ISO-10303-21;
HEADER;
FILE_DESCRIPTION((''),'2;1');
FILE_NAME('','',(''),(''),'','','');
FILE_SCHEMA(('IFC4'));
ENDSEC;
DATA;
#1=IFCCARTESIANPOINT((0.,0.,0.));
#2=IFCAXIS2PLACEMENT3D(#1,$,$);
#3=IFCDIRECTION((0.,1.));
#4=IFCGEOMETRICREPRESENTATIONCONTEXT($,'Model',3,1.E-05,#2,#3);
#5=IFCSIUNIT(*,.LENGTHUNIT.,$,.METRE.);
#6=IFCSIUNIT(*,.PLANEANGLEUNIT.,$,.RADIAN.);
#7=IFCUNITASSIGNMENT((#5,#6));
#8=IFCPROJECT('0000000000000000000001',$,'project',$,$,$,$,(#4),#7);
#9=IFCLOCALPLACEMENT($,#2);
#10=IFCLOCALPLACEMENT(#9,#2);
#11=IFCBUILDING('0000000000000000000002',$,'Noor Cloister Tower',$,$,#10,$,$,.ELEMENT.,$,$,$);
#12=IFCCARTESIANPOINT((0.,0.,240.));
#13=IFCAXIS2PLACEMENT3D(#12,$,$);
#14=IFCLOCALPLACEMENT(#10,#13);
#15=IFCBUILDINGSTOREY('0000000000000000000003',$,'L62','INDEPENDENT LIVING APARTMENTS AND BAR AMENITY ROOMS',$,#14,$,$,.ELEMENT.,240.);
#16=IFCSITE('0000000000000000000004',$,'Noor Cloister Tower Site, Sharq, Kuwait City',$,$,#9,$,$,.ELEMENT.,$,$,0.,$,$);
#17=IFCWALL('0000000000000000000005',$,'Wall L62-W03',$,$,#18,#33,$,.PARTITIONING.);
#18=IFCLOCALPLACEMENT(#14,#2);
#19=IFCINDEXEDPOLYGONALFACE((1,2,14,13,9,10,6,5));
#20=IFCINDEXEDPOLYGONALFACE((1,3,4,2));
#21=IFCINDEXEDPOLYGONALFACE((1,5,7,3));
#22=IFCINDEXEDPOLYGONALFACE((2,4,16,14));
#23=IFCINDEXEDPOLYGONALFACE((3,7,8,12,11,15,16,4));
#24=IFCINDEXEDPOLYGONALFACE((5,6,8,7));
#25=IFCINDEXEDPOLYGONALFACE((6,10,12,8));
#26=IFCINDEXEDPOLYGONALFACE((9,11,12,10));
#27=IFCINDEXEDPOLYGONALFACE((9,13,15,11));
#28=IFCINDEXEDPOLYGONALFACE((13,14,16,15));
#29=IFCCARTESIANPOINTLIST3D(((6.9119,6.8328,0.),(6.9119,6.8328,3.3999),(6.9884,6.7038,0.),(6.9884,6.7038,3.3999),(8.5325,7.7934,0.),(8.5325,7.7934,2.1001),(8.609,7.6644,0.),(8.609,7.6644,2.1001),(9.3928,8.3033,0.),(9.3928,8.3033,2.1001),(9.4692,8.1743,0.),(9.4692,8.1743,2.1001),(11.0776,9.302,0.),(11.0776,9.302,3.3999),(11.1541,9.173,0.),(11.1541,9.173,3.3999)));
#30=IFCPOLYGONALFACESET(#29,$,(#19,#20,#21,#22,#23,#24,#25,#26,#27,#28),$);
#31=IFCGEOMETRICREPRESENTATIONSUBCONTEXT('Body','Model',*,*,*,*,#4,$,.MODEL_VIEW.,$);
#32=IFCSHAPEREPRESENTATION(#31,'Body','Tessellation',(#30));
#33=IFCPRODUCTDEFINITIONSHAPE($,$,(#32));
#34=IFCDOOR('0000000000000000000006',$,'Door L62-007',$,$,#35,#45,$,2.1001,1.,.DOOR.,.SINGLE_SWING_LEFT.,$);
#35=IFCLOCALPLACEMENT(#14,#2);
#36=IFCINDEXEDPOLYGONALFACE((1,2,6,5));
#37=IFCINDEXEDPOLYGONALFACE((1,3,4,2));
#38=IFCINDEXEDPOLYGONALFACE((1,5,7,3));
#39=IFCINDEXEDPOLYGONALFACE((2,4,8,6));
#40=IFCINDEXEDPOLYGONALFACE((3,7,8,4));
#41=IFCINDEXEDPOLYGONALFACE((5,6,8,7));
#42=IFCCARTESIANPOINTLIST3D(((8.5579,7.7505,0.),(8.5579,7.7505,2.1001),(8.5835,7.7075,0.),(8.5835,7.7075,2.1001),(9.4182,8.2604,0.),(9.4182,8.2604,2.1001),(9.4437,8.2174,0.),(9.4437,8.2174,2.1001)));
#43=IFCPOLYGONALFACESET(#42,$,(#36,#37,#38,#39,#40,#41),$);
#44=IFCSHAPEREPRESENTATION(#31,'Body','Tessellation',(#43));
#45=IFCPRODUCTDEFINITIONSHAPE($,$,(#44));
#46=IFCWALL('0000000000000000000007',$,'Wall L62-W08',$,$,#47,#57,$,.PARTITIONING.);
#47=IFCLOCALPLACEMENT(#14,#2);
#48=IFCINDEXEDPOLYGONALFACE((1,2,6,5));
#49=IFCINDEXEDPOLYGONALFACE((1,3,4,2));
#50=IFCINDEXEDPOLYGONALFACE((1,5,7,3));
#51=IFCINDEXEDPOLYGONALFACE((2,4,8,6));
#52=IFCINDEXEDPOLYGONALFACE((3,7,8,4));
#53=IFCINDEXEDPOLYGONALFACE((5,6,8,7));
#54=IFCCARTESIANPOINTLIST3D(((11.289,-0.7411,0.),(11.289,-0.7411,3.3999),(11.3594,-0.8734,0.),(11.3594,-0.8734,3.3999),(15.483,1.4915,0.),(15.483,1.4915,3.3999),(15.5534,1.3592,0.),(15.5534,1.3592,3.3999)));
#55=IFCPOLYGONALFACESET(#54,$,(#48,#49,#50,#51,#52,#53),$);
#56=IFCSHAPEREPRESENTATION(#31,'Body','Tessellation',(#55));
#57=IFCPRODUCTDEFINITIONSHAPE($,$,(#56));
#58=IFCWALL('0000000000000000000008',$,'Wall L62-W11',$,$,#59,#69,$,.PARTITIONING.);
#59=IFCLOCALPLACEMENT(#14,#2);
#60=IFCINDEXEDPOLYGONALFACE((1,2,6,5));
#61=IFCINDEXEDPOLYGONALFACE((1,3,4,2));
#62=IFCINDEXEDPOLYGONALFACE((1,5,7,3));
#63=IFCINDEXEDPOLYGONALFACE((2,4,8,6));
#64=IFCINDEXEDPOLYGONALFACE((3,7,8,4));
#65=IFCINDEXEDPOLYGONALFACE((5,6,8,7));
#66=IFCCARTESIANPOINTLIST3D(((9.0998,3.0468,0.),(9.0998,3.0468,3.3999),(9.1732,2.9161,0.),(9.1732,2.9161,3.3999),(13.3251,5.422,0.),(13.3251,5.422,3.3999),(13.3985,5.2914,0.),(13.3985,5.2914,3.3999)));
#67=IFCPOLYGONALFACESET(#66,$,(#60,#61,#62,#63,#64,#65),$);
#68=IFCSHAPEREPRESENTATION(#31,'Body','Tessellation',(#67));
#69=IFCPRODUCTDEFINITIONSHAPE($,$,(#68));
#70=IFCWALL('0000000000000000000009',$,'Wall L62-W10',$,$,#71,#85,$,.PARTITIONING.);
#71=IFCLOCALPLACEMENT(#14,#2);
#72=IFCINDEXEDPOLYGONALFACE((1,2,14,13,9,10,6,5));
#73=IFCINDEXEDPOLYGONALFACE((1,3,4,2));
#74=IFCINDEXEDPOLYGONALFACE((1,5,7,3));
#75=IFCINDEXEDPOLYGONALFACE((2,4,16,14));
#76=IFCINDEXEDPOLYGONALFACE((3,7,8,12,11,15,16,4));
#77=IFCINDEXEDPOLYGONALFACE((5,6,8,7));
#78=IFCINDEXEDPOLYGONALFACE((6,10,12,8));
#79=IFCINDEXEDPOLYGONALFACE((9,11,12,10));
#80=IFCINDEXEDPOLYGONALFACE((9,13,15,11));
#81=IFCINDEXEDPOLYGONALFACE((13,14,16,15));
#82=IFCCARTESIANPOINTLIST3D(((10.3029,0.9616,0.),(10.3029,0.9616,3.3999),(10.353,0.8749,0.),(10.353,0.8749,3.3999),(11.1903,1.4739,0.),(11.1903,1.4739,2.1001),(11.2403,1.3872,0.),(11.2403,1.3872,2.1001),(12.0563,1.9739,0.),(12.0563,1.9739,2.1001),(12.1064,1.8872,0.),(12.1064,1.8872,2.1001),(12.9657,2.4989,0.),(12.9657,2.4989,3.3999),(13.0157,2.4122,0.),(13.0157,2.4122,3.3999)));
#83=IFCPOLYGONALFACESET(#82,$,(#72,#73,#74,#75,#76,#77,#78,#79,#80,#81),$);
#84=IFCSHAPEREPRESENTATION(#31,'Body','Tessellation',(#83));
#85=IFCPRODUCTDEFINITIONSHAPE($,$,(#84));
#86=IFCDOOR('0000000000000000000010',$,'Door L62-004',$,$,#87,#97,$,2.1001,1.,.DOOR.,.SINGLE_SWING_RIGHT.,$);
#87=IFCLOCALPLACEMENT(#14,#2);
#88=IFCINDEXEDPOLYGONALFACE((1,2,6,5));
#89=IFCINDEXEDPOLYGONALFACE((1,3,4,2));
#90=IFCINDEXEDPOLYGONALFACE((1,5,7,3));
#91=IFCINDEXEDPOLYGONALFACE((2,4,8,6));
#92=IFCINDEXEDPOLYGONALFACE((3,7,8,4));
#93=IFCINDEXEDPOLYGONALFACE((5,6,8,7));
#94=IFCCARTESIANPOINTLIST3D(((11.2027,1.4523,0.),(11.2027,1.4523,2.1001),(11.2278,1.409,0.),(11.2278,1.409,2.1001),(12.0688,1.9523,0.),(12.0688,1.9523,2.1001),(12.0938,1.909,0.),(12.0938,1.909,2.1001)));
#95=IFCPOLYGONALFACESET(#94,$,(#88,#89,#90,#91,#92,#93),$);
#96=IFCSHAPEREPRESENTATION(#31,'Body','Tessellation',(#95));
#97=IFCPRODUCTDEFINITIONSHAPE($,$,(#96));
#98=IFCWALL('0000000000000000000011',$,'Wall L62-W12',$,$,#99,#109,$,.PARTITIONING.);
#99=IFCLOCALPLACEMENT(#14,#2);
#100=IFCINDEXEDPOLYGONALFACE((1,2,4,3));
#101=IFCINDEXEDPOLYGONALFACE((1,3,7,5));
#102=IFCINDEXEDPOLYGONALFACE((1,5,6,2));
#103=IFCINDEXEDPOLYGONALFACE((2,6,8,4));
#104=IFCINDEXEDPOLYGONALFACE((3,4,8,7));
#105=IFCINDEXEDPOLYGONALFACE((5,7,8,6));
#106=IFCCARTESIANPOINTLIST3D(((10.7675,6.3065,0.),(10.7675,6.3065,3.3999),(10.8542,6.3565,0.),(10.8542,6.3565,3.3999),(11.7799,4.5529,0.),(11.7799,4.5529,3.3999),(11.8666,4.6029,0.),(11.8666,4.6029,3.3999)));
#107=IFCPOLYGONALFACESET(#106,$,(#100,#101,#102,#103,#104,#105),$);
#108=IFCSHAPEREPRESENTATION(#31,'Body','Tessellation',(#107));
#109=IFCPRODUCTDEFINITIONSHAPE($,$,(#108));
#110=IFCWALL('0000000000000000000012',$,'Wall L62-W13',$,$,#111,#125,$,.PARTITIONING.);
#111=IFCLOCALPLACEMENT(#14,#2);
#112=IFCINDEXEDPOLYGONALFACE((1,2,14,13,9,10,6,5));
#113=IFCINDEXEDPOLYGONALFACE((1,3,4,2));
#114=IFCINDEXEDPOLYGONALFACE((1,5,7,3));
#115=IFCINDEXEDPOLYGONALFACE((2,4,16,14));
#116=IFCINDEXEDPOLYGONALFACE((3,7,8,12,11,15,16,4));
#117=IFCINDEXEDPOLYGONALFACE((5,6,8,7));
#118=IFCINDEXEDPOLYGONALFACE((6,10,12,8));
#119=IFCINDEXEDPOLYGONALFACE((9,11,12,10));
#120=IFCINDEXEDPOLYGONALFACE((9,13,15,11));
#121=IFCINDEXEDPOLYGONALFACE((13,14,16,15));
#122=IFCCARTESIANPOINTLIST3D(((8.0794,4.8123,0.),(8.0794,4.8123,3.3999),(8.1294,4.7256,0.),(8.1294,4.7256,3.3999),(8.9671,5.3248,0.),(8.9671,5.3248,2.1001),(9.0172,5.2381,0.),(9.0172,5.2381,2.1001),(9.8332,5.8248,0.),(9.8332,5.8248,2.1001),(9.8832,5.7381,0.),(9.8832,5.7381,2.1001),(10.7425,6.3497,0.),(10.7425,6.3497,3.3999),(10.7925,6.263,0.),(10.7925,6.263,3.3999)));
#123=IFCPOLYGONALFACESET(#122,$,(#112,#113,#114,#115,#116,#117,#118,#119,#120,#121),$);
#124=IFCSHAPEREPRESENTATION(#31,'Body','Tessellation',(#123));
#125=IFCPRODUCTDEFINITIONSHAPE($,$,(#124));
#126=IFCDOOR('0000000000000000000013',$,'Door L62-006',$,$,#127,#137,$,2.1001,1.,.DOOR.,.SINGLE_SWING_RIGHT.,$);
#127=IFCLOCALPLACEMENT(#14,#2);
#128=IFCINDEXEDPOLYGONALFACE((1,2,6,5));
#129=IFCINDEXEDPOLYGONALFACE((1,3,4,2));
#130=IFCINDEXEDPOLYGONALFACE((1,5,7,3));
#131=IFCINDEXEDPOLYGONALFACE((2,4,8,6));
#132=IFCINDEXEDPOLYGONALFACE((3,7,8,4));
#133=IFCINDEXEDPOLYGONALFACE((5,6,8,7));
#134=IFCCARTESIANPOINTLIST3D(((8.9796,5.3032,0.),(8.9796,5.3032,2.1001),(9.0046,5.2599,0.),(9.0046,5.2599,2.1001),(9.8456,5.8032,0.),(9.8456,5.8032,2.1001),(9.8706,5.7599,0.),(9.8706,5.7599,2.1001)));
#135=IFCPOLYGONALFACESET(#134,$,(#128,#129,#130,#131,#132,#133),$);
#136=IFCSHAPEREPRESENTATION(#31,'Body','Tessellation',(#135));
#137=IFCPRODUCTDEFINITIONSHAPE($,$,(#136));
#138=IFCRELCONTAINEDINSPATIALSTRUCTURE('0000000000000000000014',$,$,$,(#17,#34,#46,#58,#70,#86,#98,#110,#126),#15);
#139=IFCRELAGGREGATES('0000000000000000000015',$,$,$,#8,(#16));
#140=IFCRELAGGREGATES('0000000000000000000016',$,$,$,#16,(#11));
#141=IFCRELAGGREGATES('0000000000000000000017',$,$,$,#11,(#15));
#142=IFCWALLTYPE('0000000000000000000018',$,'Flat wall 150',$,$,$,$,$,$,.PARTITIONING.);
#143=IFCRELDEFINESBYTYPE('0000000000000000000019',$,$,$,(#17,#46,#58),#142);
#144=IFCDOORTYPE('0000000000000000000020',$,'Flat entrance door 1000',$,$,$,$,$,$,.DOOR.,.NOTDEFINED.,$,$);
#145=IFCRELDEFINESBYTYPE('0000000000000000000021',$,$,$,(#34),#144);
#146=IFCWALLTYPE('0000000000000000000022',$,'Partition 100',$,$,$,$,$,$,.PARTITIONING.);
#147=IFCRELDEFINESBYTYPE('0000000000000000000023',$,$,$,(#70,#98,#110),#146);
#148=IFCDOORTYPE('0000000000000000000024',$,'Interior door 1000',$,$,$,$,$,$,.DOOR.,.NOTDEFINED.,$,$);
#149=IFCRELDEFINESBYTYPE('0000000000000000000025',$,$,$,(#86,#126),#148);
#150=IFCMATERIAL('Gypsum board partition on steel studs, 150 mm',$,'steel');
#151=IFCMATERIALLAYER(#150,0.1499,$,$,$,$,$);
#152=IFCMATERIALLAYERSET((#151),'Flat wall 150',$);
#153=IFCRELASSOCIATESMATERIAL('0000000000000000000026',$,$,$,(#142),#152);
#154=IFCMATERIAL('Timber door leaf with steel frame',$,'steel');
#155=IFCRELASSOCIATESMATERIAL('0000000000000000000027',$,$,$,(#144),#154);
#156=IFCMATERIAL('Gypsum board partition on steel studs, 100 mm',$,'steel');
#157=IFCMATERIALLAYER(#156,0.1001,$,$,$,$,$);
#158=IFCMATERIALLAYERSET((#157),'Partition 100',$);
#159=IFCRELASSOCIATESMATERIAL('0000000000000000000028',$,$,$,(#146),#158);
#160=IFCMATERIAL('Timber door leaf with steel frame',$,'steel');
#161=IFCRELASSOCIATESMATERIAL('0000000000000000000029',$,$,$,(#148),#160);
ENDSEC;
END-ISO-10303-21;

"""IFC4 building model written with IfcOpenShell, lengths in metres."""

from ifc_helpers import new_model, si_unit, direction, frame, frame_2d, origin, place, context, subcontext, project, spatial, rectangle, extrude, material, layer, layer_set, type_object, element, fill, save


model = new_model("IFC4")

# Units and contexts
model_context = context("Model", 3, precision=1e-05, world=origin(), true_north=direction((0.0, 1.0)))
body_context = subcontext(model_context, "Body", "Model", "MODEL_VIEW")
ifc_project = project(units=[si_unit("LENGTHUNIT", "METRE"), si_unit("PLANEANGLEUNIT", "RADIAN")], contexts=[model_context])

# Site, building, storey
site_placement = place(None, origin())
site = spatial("IfcSite", under=ifc_project, at=site_placement, Name="Noor Cloister Tower Site, Sharq, Kuwait City", CompositionType="ELEMENT", RefElevation=0.0)
building_placement = place(site_placement, origin())
building = spatial("IfcBuilding", under=site, at=building_placement, Name="Noor Cloister Tower", CompositionType="ELEMENT")
storey_placement = place(building_placement, frame((0.0, 0.0, 240.0)))
storey = spatial("IfcBuildingStorey", under=building, at=storey_placement, Name="L62", Description="INDEPENDENT LIVING APARTMENTS AND BAR AMENITY ROOMS", CompositionType="ELEMENT", Elevation=240.0)

# Wall, opening, door
ifc_material_1 = material(Name="Gypsum board partition on steel studs, 150 mm", Category="steel")
ifc_layer_1 = layer(ifc_material_1, 0.1499)
ifc_layer_set_1 = layer_set([ifc_layer_1], Name="Flat wall 150")
wall_type_1 = type_object("IfcWallType", Name="Flat wall 150", PredefinedType="PARTITIONING", material=ifc_layer_set_1)
wall_1_placement = place(storey_placement, frame((11.116, 9.2375, 0.0), z_axis=(0.0, 0.0, 1.0), x_axis=(-0.860234, -0.509899, 0.0)))
wall_1 = element("IfcWall", 1, at=wall_1_placement, inside=storey, type_object=wall_type_1, Name="Wall L62-W03", PredefinedType="PARTITIONING", context=body_context, shape_type="SweptSolid", body=[
    extrude(rectangle(XDim=4.8425, YDim=0.1499, at=frame_2d((2.4214, 0.0))), origin(), (0.0, 0.0, 1.0), 3.3999),
])
opening_1_placement = place(wall_1_placement, frame((1.9587, 0.0, 0.0)))
opening_1 = element("IfcOpeningElement", 2, at=opening_1_placement, cuts=wall_1, PredefinedType="OPENING", context=body_context, shape_type="SweptSolid", body=[
    extrude(rectangle(XDim=1.0, YDim=2.1001, at=frame_2d((0.5, 1.05))), frame((0.0, 0.085, 0.0), z_axis=(0.0, -1.0, 0.0), x_axis=(1.0, 0.0, 0.0)), (0.0, 0.0, 1.0), 0.1699),
])
ifc_material_2 = material(Name="Timber door leaf with steel frame", Category="steel")
door_type_1 = type_object("IfcDoorType", Name="Flat entrance door 1000", OperationType="NOTDEFINED", PredefinedType="DOOR", material=ifc_material_2)
door_1_placement = place(opening_1_placement, origin())
door_1 = element("IfcDoor", 3, at=door_1_placement, inside=storey, type_object=door_type_1, Name="Door L62-007", OperationType="SINGLE_SWING_LEFT", OverallHeight=2.1001, OverallWidth=1.0, PredefinedType="DOOR", context=body_context, shape_type="SweptSolid", body=[
    extrude(rectangle(XDim=1.0, YDim=2.1001, at=frame_2d((0.5, 1.05))), frame((0.0, 0.0249, 0.0), z_axis=(0.0, -1.0, 0.0), x_axis=(1.0, 0.0, 0.0)), (0.0, 0.0, 1.0), 0.05),
])
fill(opening_1, door_1)

# Walls
wall_2_placement = place(storey_placement, frame((15.5181, 1.4253, 0.0), z_axis=(0.0, 0.0, 1.0), x_axis=(-0.882718, -0.469903, 0.0)))
element("IfcWall", 4, at=wall_2_placement, inside=storey, type_object=wall_type_1, Name="Wall L62-W08", PredefinedType="PARTITIONING", context=body_context, shape_type="SweptSolid", body=[
    extrude(rectangle(XDim=4.7512, YDim=0.1499, at=frame_2d((2.3755, 0.0))), origin(), (0.0, 0.0, 1.0), 3.3999),
])
wall_3_placement = place(storey_placement, frame((13.3618, 5.3567, 0.0), z_axis=(0.0, 0.0, 1.0), x_axis=(-0.871709, -0.490024, 0.0)))
element("IfcWall", 5, at=wall_3_placement, inside=storey, type_object=wall_type_1, Name="Wall L62-W11", PredefinedType="PARTITIONING", context=body_context, shape_type="SweptSolid", body=[
    extrude(rectangle(XDim=4.8472, YDim=0.1499, at=frame_2d((2.4236, 0.0))), origin(), (0.0, 0.0, 1.0), 3.3999),
])

# Wall, opening, door
ifc_material_3 = material(Name="Gypsum board partition on steel studs, 100 mm", Category="steel")
ifc_layer_2 = layer(ifc_material_3, 0.1001)
ifc_layer_set_2 = layer_set([ifc_layer_2], Name="Partition 100")
wall_type_2 = type_object("IfcWallType", Name="Partition 100", PredefinedType="PARTITIONING", material=ifc_layer_set_2)
wall_4_placement = place(storey_placement, frame((12.9907, 2.4556, 0.0), z_axis=(0.0, 0.0, 1.0), x_axis=(-0.866031, -0.499991, 0.0)))
wall_4 = element("IfcWall", 6, at=wall_4_placement, inside=storey, type_object=wall_type_2, Name="Wall L62-W10", PredefinedType="PARTITIONING", context=body_context, shape_type="SweptSolid", body=[
    extrude(rectangle(XDim=3.0747, YDim=0.1001, at=frame_2d((1.5374, 0.0))), origin(), (0.0, 0.0, 1.0), 3.3999),
])
opening_2_placement = place(wall_4_placement, frame((1.05, 0.0, 0.0)))
opening_2 = element("IfcOpeningElement", 7, at=opening_2_placement, cuts=wall_4, PredefinedType="OPENING", context=body_context, shape_type="SweptSolid", body=[
    extrude(rectangle(XDim=1.0, YDim=2.1001, at=frame_2d((0.5, 1.05))), frame((0.0, 0.0601, 0.0), z_axis=(0.0, -1.0, 0.0), x_axis=(1.0, 0.0, 0.0)), (0.0, 0.0, 1.0), 0.1201),
])
ifc_material_4 = material(Name="Timber door leaf with steel frame", Category="steel")
door_type_2 = type_object("IfcDoorType", Name="Interior door 1000", OperationType="NOTDEFINED", PredefinedType="DOOR", material=ifc_material_4)
door_2_placement = place(opening_2_placement, origin())
door_2 = element("IfcDoor", 8, at=door_2_placement, inside=storey, type_object=door_type_2, Name="Door L62-004", OperationType="SINGLE_SWING_RIGHT", OverallHeight=2.1001, OverallWidth=1.0, PredefinedType="DOOR", context=body_context, shape_type="SweptSolid", body=[
    extrude(rectangle(XDim=1.0, YDim=2.1001, at=frame_2d((0.5, 1.05))), frame((0.0, 0.0249, 0.0), z_axis=(0.0, -1.0, 0.0), x_axis=(1.0, 0.0, 0.0)), (0.0, 0.0, 1.0), 0.05),
])
fill(opening_2, door_2)

# Wall
wall_5_placement = place(storey_placement, frame((11.8232, 4.5779, 0.0), z_axis=(0.0, 0.0, 1.0), x_axis=(-0.49999, 0.866031, 0.0)))
element("IfcWall", 9, at=wall_5_placement, inside=storey, type_object=wall_type_2, Name="Wall L62-W12", PredefinedType="PARTITIONING", context=body_context, shape_type="SweptSolid", body=[
    extrude(rectangle(XDim=2.0249, YDim=0.1001, at=frame_2d((1.0125, 0.0))), origin(), (0.0, 0.0, 1.0), 3.3999),
])

# Wall, opening, door
wall_6_placement = place(storey_placement, frame((10.7676, 6.3064, 0.0), z_axis=(0.0, 0.0, 1.0), x_axis=(-0.866051, -0.499956, 0.0)))
wall_6 = element("IfcWall", 10, at=wall_6_placement, inside=storey, type_object=wall_type_2, Name="Wall L62-W13", PredefinedType="PARTITIONING", context=body_context, shape_type="SweptSolid", body=[
    extrude(rectangle(XDim=3.075, YDim=0.1001, at=frame_2d((1.5376, 0.0))), origin(), (0.0, 0.0, 1.0), 3.3999),
])
opening_3_placement = place(wall_6_placement, frame((1.05, 0.0, 0.0)))
opening_3 = element("IfcOpeningElement", 11, at=opening_3_placement, cuts=wall_6, PredefinedType="OPENING", context=body_context, shape_type="SweptSolid", body=[
    extrude(rectangle(XDim=1.0, YDim=2.1001, at=frame_2d((0.5, 1.05))), frame((0.0, 0.0601, 0.0), z_axis=(0.0, -1.0, 0.0), x_axis=(1.0, 0.0, 0.0)), (0.0, 0.0, 1.0), 0.1201),
])
door_3_placement = place(opening_3_placement, origin())
door_3 = element("IfcDoor", 12, at=door_3_placement, inside=storey, type_object=door_type_2, Name="Door L62-006", OperationType="SINGLE_SWING_RIGHT", OverallHeight=2.1001, OverallWidth=1.0, PredefinedType="DOOR", context=body_context, shape_type="SweptSolid", body=[
    extrude(rectangle(XDim=1.0, YDim=2.1001, at=frame_2d((0.5, 1.05))), frame((0.0, 0.0249, 0.0), z_axis=(0.0, -1.0, 0.0), x_axis=(1.0, 0.0, 0.0)), (0.0, 0.0, 1.0), 0.05),
])
fill(opening_3, door_3)

save(model, "model.ifc")
